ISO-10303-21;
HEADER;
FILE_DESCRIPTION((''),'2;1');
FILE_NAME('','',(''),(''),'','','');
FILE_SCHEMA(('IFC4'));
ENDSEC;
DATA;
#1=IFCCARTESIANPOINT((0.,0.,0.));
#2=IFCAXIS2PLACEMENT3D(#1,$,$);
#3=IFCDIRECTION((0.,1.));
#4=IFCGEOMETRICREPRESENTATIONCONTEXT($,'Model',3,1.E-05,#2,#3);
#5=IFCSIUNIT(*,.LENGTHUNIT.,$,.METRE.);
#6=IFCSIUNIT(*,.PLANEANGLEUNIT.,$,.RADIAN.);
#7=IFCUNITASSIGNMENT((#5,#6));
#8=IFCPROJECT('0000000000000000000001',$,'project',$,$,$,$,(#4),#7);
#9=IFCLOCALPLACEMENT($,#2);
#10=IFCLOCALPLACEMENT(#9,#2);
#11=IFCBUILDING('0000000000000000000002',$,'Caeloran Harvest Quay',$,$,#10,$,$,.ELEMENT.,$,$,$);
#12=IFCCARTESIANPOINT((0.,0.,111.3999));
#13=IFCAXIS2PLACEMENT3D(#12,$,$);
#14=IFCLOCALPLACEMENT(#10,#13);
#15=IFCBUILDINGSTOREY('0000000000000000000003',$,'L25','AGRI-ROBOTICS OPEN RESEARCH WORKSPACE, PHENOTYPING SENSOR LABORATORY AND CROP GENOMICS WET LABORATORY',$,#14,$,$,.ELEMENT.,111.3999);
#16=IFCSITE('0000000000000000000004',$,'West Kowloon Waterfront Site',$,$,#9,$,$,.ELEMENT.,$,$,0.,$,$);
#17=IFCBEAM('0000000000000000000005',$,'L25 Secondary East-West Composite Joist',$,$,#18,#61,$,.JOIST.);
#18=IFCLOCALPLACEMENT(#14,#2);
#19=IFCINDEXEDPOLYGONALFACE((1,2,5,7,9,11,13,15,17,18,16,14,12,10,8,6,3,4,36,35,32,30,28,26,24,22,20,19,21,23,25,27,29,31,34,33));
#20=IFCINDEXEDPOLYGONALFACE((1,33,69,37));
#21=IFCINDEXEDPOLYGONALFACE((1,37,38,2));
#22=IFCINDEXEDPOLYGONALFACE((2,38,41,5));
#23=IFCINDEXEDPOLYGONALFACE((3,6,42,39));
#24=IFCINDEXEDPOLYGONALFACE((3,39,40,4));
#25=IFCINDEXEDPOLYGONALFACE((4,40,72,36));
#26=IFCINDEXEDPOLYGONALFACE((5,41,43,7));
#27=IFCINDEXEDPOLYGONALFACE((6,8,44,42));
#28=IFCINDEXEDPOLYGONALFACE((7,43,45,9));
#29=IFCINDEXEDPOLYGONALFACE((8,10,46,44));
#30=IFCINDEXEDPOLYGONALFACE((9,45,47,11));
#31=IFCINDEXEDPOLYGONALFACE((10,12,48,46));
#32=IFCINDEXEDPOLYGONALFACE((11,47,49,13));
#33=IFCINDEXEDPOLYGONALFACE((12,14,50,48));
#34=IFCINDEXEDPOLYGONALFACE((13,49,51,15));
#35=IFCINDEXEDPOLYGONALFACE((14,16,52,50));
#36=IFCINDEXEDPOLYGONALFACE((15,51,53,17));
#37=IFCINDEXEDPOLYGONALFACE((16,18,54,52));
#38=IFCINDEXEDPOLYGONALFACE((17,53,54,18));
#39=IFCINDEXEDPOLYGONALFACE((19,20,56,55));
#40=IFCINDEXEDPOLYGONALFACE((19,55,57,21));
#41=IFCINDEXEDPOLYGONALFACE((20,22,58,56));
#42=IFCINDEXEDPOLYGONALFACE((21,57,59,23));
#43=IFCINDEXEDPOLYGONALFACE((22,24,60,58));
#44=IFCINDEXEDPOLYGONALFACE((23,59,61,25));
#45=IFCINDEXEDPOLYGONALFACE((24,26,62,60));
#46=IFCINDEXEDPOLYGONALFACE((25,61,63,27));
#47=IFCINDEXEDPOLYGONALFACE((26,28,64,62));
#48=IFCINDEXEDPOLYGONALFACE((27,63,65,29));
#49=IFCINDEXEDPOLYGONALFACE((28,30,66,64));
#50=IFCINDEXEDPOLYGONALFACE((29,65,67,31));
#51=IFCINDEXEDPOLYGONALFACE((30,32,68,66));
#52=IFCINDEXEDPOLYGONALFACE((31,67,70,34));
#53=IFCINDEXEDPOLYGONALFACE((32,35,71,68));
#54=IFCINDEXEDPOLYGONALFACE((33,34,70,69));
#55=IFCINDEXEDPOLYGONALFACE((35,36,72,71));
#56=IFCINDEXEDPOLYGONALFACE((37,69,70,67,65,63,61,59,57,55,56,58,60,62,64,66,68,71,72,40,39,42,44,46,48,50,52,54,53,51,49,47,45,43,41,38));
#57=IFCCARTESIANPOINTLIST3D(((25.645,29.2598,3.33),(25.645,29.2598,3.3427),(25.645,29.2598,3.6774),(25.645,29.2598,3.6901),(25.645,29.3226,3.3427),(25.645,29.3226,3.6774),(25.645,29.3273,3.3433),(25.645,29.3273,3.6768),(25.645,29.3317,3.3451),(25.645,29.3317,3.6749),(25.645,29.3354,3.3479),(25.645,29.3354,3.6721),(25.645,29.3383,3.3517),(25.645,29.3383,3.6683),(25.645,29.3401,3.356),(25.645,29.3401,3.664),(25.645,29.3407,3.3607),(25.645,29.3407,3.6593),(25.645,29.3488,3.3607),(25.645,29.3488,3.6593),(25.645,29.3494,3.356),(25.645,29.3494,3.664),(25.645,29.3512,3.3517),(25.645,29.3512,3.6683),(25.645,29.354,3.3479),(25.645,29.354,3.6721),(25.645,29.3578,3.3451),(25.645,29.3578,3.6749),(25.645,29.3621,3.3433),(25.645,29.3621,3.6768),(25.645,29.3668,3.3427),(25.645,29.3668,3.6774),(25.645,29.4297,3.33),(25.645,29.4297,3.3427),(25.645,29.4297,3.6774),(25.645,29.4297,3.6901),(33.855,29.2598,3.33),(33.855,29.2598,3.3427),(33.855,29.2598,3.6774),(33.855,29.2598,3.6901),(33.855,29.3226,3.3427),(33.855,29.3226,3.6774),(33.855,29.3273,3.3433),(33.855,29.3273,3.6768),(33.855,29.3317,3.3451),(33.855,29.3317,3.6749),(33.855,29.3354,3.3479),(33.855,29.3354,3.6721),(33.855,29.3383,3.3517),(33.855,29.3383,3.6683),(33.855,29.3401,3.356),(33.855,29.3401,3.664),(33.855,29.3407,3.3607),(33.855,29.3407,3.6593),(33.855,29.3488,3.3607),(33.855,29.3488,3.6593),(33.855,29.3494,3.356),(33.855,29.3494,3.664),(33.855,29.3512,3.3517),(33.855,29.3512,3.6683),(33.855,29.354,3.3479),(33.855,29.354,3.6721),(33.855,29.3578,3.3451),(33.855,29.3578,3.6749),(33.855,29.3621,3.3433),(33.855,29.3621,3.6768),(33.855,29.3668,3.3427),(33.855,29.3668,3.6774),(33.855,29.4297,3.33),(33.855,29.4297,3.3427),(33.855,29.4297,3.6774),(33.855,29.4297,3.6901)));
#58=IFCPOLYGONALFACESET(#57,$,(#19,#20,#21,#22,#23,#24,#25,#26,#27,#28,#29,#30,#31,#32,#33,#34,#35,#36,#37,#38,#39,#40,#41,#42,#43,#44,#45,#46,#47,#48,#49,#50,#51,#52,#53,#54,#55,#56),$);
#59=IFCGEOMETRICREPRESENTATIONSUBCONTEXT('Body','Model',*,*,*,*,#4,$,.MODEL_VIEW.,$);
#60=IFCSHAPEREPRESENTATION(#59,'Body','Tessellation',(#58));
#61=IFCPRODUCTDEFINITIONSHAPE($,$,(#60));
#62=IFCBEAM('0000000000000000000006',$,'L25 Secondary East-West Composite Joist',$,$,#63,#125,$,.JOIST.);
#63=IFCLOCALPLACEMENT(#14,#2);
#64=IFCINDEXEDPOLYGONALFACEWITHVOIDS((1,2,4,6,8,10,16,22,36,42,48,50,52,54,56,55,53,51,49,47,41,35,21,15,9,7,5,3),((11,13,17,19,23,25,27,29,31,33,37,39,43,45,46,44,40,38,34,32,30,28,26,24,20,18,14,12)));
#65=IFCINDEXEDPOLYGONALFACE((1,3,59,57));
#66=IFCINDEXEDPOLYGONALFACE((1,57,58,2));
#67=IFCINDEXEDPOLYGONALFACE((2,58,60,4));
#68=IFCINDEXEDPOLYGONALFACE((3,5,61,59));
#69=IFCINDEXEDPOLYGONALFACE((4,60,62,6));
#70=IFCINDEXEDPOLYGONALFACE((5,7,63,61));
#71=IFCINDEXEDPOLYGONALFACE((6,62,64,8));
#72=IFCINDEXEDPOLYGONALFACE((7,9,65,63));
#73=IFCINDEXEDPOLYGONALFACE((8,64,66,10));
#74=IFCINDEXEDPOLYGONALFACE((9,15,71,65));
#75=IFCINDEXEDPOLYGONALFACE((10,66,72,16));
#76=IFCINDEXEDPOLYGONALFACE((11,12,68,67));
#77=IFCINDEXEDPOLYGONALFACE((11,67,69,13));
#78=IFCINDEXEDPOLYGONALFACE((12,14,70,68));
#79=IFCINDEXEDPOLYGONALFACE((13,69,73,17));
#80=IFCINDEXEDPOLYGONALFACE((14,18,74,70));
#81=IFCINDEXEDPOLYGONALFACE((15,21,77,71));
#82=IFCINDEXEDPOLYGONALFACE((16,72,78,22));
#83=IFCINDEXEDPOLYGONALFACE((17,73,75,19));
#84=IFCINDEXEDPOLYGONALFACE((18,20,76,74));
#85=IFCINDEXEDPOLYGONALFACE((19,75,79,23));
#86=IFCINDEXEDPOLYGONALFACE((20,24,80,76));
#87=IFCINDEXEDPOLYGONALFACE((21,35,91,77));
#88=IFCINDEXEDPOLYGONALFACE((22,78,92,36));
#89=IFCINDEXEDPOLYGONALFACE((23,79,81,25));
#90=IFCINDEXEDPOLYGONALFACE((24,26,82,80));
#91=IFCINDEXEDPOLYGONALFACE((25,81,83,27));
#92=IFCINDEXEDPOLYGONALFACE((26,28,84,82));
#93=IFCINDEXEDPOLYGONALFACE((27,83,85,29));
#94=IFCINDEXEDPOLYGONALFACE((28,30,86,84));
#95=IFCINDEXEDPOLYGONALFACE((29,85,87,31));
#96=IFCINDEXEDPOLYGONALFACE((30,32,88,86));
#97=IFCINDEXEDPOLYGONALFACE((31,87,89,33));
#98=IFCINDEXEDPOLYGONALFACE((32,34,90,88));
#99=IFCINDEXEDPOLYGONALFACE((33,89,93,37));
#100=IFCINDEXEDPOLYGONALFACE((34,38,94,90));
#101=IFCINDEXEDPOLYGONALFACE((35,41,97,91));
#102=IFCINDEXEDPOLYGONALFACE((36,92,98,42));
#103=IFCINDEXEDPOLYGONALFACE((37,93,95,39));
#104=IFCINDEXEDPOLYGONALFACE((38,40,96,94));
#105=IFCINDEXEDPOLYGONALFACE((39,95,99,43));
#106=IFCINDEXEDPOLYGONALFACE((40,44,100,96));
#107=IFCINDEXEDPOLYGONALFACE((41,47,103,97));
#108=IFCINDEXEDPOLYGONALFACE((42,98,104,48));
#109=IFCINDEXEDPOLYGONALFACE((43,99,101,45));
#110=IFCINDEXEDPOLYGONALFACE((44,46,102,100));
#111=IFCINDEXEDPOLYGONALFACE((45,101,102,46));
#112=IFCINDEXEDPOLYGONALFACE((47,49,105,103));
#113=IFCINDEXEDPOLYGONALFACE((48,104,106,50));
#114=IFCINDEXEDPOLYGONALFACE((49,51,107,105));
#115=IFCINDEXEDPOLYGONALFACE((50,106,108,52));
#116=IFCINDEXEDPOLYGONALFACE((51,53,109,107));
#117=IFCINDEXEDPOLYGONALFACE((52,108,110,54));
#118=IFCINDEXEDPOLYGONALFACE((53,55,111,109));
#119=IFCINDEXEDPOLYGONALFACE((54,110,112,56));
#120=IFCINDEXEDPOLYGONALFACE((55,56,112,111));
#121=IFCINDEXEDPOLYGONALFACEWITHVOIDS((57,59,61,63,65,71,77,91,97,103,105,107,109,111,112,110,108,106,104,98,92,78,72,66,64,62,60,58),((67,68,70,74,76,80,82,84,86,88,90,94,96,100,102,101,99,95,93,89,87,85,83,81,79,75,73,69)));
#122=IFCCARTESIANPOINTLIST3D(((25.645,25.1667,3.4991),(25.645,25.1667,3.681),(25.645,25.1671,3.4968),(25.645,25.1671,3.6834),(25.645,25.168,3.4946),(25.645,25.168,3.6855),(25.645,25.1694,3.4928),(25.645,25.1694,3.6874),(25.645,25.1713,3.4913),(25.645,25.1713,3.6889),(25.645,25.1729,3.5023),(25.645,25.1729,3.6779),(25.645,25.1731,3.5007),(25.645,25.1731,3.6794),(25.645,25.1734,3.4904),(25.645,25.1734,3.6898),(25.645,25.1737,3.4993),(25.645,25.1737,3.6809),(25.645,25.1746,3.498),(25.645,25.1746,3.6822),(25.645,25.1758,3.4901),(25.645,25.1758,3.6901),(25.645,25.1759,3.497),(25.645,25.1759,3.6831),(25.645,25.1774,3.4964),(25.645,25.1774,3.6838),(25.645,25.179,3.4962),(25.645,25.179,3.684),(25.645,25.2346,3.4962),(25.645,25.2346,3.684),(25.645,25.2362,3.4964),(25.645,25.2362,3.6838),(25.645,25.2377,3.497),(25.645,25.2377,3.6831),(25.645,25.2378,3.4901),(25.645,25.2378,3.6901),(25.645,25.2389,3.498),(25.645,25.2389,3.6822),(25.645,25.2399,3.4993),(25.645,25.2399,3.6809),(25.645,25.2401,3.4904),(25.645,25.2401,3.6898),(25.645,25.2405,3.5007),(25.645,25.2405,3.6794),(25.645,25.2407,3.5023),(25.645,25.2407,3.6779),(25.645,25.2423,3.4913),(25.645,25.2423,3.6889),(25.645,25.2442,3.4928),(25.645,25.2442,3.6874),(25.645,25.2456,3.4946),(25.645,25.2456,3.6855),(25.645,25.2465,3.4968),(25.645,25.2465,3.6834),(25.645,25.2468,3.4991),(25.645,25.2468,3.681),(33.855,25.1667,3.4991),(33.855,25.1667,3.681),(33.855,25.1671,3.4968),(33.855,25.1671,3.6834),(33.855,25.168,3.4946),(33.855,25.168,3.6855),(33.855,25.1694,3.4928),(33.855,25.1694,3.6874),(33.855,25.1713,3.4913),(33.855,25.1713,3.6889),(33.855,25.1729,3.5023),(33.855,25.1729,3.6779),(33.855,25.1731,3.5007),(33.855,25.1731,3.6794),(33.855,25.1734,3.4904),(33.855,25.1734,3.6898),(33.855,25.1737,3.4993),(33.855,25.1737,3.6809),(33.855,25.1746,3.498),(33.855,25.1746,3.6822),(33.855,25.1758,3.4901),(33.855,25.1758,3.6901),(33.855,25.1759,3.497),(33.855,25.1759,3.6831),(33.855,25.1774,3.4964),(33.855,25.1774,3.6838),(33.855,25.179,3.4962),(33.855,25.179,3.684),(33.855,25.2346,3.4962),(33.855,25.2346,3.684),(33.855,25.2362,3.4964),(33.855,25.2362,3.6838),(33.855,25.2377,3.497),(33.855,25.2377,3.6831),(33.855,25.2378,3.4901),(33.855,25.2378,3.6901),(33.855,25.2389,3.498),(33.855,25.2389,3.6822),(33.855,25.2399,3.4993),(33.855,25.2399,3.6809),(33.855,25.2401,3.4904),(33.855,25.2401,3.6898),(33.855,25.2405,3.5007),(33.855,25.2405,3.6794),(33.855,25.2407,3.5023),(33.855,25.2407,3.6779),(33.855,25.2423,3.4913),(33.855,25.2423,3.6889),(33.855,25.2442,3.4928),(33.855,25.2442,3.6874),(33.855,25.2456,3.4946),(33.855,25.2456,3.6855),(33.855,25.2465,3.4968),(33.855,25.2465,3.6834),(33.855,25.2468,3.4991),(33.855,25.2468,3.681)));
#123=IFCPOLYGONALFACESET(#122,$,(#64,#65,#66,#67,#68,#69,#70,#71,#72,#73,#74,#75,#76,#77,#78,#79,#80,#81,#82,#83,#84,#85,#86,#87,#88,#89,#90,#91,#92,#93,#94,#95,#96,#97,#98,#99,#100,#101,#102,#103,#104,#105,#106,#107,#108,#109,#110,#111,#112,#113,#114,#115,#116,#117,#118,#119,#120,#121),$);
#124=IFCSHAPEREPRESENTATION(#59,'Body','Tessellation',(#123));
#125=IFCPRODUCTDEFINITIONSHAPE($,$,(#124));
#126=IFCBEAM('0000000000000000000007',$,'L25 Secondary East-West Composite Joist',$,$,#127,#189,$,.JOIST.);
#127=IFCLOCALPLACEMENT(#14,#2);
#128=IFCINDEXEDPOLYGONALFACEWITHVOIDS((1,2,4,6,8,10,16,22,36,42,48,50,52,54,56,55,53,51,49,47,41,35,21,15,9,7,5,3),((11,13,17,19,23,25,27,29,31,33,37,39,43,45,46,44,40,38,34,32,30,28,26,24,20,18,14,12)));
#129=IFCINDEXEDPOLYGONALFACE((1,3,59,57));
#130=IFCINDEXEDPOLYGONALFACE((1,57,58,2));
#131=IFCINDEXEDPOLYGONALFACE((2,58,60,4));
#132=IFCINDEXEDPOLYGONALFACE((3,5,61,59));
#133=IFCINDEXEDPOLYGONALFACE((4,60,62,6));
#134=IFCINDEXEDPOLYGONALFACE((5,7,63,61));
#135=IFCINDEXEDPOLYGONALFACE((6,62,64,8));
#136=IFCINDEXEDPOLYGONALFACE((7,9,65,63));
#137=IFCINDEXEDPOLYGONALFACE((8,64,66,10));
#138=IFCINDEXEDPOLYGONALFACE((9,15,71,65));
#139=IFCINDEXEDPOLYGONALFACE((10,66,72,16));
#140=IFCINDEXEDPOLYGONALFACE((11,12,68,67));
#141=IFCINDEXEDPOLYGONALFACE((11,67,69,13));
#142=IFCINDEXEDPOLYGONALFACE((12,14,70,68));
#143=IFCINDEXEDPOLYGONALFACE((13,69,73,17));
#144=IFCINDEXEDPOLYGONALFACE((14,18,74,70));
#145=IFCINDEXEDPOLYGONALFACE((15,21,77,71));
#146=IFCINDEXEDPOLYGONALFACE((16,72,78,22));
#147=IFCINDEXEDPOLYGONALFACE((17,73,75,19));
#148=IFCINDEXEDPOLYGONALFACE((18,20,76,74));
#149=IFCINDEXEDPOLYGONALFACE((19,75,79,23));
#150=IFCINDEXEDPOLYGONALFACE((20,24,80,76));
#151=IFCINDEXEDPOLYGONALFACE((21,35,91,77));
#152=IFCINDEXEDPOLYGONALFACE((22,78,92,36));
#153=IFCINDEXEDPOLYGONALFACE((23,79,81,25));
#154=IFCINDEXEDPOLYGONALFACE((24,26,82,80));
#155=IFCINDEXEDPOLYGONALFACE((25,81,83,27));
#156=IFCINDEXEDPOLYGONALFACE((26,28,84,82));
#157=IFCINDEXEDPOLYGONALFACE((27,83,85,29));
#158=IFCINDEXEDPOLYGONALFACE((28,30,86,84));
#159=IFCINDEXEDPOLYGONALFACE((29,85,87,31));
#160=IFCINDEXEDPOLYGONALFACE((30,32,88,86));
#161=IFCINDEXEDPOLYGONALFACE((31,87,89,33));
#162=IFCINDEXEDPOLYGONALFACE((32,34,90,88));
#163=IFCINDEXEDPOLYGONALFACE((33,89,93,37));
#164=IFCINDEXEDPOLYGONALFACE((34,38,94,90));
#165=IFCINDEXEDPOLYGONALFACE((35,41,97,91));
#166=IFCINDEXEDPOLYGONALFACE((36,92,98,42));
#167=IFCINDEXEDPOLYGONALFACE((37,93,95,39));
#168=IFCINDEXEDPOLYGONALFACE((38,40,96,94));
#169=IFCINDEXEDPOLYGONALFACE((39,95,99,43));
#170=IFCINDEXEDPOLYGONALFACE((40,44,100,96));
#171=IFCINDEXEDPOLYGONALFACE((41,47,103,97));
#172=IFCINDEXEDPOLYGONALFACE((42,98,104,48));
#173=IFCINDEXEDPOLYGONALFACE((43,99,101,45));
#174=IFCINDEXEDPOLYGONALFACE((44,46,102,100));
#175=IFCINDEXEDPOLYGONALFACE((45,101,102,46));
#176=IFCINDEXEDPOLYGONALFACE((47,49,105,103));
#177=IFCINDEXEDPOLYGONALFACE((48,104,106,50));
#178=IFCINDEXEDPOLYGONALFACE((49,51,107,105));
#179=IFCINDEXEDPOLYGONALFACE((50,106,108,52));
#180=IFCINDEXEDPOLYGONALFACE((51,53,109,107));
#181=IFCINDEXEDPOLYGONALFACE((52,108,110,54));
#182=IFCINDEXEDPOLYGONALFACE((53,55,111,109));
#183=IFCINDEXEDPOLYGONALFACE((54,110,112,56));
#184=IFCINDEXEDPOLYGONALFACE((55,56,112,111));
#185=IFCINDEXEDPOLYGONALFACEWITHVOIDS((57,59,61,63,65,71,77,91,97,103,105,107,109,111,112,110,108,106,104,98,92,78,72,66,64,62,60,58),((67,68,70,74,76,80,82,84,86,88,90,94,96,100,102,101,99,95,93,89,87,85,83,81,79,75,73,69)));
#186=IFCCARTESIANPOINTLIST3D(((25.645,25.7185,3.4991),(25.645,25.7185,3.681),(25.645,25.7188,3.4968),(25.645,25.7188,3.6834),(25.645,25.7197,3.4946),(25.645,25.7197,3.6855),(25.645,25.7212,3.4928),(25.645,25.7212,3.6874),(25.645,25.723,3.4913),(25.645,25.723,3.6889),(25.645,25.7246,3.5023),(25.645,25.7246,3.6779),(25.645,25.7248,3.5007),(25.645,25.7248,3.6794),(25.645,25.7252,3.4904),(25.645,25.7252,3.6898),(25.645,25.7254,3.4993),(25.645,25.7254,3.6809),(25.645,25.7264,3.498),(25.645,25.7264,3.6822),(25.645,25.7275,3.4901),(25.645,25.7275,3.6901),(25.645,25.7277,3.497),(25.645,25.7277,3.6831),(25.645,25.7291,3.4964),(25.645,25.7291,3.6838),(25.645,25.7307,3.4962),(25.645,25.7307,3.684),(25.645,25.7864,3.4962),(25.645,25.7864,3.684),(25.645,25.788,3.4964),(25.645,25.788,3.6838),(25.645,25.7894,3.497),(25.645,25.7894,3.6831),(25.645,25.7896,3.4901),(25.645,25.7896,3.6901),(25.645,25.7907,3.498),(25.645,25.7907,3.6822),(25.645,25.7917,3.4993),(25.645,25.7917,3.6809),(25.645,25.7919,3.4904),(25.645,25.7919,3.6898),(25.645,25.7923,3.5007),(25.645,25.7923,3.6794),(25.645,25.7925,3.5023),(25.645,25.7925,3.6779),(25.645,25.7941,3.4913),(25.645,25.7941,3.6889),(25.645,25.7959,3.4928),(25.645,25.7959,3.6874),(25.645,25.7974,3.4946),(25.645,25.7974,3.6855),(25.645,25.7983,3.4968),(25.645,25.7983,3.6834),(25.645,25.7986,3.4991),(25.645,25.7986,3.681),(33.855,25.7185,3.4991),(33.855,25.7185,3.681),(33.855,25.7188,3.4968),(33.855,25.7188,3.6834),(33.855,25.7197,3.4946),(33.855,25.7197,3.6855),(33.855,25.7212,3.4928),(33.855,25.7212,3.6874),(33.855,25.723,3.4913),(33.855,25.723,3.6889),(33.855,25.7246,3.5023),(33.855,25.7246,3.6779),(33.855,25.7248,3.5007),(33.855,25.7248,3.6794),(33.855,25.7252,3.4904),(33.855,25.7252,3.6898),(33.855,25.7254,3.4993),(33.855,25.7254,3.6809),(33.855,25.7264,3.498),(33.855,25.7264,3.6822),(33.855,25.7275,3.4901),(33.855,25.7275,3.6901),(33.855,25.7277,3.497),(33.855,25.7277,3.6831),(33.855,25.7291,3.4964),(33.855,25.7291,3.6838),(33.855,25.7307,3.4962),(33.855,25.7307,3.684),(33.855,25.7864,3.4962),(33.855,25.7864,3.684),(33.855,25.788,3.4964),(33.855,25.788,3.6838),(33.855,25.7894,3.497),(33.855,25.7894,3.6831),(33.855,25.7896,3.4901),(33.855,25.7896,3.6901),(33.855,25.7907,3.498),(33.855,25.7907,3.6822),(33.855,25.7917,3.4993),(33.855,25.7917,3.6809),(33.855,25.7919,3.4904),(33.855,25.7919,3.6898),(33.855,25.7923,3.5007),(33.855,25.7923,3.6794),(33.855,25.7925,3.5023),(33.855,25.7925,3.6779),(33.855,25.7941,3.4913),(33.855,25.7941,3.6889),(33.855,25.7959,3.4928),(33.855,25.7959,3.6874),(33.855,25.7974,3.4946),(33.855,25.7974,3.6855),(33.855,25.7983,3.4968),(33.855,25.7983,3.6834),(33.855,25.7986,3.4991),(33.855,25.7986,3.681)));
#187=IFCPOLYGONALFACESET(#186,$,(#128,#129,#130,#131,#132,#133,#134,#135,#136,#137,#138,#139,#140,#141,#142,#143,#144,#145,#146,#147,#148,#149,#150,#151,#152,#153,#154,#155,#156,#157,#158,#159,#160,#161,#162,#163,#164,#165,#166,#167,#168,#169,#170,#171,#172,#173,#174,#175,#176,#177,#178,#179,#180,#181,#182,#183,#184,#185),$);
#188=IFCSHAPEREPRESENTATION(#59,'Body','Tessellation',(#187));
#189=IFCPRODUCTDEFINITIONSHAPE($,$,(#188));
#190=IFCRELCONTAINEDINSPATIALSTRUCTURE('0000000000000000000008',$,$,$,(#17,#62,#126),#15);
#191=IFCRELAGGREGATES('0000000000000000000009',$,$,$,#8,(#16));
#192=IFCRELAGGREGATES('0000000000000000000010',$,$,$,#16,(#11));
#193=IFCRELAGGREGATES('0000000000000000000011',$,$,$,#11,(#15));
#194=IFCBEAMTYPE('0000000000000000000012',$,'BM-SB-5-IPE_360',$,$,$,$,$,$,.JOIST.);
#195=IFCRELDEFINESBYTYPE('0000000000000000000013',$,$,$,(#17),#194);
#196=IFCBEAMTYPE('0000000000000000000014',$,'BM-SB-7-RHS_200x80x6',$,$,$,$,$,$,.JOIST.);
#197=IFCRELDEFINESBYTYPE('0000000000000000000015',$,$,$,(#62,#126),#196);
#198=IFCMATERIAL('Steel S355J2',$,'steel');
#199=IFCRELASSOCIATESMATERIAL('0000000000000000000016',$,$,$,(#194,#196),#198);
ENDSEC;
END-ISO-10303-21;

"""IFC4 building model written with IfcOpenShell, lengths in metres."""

from ifc_helpers import new_model, si_unit, direction, frame, origin, origin_2d, place, context, subcontext, project, spatial, hollow_rectangle, i_section, extrude, material, material_profile, profile_set, type_object, element, save


model = new_model("IFC4")

# Units and contexts
model_context = context("Model", 3, precision=1e-05, world=origin(), true_north=direction((0.0, 1.0)))
body_context = subcontext(model_context, "Body", "Model", "MODEL_VIEW")
ifc_project = project(units=[si_unit("LENGTHUNIT", "METRE"), si_unit("PLANEANGLEUNIT", "RADIAN")], contexts=[model_context])

# Site, building, storey
site_placement = place(None, origin())
site = spatial("IfcSite", under=ifc_project, at=site_placement, Name="West Kowloon Waterfront Site", CompositionType="ELEMENT", RefElevation=0.0)
building_placement = place(site_placement, origin())
building = spatial("IfcBuilding", under=site, at=building_placement, Name="Caeloran Harvest Quay", CompositionType="ELEMENT")
storey_placement = place(building_placement, frame((0.0, 0.0, 111.3999)))
storey = spatial("IfcBuildingStorey", under=building, at=storey_placement, Name="L25", Description="AGRI-ROBOTICS OPEN RESEARCH WORKSPACE, PHENOTYPING SENSOR LABORATORY AND CROP GENOMICS WET LABORATORY", CompositionType="ELEMENT", Elevation=111.3999)

# Beams
ifc_material_1 = material(Name="Steel S355J2", Category="steel")
ifc_material_profile_1 = material_profile(ifc_material_1, i_section(OverallWidth=0.1699, OverallDepth=0.3601, WebThickness=0.0081, FlangeThickness=0.0127, FilletRadius=0.0181, at=origin_2d()), Name="IPE 360")
ifc_profile_set_1 = profile_set([ifc_material_profile_1], Name="Steel S355J2")
beam_type_1 = type_object("IfcBeamType", Name="BM-SB-5-IPE_360", PredefinedType="JOIST", material=ifc_profile_set_1)
for number, where, z_axis, x_axis, name in (
    (1, (25.645, 29.3447, 3.51), (1.0, 0.0, 0.0), (0.0, 1.0, 0.0), "L25 Secondary East-West Composite Joist"),
):
    element("IfcBeam", number, at=place(storey_placement, frame(where, z_axis=z_axis, x_axis=x_axis)), inside=storey, type_object=beam_type_1, Name=name, PredefinedType="JOIST", context=body_context, shape_type="SweptSolid", body=[
        extrude(i_section(OverallWidth=0.1699, OverallDepth=0.3601, WebThickness=0.0081, FlangeThickness=0.0127, FilletRadius=0.0181, at=origin_2d()), origin(), (0.0, 0.0, 1.0), 8.21),
    ])
ifc_material_profile_2 = material_profile(ifc_material_1, hollow_rectangle(XDim=0.0801, YDim=0.2, WallThickness=0.0061, InnerFilletRadius=0.0061, OuterFilletRadius=0.009, at=origin_2d()), Name="RHS 200x80x6")
ifc_profile_set_2 = profile_set([ifc_material_profile_2], Name="Steel S355J2")
beam_type_2 = type_object("IfcBeamType", Name="BM-SB-7-RHS_200x80x6", PredefinedType="JOIST", material=ifc_profile_set_2)
for number, where, z_axis, x_axis, name in (
    (2, (25.645, 25.2068, 3.5901), (1.0, 0.0, 0.0), (0.0, 1.0, 0.0), "L25 Secondary East-West Composite Joist"),
    (3, (25.645, 25.7585, 3.5901), (1.0, 0.0, 0.0), (0.0, 1.0, 0.0), "L25 Secondary East-West Composite Joist"),
):
    element("IfcBeam", number, at=place(storey_placement, frame(where, z_axis=z_axis, x_axis=x_axis)), inside=storey, type_object=beam_type_2, Name=name, PredefinedType="JOIST", context=body_context, shape_type="SweptSolid", body=[
        extrude(hollow_rectangle(XDim=0.0801, YDim=0.2, WallThickness=0.0061, InnerFilletRadius=0.0061, OuterFilletRadius=0.009, at=origin_2d()), origin(), (0.0, 0.0, 1.0), 8.21),
    ])

save(model, "model.ifc")
